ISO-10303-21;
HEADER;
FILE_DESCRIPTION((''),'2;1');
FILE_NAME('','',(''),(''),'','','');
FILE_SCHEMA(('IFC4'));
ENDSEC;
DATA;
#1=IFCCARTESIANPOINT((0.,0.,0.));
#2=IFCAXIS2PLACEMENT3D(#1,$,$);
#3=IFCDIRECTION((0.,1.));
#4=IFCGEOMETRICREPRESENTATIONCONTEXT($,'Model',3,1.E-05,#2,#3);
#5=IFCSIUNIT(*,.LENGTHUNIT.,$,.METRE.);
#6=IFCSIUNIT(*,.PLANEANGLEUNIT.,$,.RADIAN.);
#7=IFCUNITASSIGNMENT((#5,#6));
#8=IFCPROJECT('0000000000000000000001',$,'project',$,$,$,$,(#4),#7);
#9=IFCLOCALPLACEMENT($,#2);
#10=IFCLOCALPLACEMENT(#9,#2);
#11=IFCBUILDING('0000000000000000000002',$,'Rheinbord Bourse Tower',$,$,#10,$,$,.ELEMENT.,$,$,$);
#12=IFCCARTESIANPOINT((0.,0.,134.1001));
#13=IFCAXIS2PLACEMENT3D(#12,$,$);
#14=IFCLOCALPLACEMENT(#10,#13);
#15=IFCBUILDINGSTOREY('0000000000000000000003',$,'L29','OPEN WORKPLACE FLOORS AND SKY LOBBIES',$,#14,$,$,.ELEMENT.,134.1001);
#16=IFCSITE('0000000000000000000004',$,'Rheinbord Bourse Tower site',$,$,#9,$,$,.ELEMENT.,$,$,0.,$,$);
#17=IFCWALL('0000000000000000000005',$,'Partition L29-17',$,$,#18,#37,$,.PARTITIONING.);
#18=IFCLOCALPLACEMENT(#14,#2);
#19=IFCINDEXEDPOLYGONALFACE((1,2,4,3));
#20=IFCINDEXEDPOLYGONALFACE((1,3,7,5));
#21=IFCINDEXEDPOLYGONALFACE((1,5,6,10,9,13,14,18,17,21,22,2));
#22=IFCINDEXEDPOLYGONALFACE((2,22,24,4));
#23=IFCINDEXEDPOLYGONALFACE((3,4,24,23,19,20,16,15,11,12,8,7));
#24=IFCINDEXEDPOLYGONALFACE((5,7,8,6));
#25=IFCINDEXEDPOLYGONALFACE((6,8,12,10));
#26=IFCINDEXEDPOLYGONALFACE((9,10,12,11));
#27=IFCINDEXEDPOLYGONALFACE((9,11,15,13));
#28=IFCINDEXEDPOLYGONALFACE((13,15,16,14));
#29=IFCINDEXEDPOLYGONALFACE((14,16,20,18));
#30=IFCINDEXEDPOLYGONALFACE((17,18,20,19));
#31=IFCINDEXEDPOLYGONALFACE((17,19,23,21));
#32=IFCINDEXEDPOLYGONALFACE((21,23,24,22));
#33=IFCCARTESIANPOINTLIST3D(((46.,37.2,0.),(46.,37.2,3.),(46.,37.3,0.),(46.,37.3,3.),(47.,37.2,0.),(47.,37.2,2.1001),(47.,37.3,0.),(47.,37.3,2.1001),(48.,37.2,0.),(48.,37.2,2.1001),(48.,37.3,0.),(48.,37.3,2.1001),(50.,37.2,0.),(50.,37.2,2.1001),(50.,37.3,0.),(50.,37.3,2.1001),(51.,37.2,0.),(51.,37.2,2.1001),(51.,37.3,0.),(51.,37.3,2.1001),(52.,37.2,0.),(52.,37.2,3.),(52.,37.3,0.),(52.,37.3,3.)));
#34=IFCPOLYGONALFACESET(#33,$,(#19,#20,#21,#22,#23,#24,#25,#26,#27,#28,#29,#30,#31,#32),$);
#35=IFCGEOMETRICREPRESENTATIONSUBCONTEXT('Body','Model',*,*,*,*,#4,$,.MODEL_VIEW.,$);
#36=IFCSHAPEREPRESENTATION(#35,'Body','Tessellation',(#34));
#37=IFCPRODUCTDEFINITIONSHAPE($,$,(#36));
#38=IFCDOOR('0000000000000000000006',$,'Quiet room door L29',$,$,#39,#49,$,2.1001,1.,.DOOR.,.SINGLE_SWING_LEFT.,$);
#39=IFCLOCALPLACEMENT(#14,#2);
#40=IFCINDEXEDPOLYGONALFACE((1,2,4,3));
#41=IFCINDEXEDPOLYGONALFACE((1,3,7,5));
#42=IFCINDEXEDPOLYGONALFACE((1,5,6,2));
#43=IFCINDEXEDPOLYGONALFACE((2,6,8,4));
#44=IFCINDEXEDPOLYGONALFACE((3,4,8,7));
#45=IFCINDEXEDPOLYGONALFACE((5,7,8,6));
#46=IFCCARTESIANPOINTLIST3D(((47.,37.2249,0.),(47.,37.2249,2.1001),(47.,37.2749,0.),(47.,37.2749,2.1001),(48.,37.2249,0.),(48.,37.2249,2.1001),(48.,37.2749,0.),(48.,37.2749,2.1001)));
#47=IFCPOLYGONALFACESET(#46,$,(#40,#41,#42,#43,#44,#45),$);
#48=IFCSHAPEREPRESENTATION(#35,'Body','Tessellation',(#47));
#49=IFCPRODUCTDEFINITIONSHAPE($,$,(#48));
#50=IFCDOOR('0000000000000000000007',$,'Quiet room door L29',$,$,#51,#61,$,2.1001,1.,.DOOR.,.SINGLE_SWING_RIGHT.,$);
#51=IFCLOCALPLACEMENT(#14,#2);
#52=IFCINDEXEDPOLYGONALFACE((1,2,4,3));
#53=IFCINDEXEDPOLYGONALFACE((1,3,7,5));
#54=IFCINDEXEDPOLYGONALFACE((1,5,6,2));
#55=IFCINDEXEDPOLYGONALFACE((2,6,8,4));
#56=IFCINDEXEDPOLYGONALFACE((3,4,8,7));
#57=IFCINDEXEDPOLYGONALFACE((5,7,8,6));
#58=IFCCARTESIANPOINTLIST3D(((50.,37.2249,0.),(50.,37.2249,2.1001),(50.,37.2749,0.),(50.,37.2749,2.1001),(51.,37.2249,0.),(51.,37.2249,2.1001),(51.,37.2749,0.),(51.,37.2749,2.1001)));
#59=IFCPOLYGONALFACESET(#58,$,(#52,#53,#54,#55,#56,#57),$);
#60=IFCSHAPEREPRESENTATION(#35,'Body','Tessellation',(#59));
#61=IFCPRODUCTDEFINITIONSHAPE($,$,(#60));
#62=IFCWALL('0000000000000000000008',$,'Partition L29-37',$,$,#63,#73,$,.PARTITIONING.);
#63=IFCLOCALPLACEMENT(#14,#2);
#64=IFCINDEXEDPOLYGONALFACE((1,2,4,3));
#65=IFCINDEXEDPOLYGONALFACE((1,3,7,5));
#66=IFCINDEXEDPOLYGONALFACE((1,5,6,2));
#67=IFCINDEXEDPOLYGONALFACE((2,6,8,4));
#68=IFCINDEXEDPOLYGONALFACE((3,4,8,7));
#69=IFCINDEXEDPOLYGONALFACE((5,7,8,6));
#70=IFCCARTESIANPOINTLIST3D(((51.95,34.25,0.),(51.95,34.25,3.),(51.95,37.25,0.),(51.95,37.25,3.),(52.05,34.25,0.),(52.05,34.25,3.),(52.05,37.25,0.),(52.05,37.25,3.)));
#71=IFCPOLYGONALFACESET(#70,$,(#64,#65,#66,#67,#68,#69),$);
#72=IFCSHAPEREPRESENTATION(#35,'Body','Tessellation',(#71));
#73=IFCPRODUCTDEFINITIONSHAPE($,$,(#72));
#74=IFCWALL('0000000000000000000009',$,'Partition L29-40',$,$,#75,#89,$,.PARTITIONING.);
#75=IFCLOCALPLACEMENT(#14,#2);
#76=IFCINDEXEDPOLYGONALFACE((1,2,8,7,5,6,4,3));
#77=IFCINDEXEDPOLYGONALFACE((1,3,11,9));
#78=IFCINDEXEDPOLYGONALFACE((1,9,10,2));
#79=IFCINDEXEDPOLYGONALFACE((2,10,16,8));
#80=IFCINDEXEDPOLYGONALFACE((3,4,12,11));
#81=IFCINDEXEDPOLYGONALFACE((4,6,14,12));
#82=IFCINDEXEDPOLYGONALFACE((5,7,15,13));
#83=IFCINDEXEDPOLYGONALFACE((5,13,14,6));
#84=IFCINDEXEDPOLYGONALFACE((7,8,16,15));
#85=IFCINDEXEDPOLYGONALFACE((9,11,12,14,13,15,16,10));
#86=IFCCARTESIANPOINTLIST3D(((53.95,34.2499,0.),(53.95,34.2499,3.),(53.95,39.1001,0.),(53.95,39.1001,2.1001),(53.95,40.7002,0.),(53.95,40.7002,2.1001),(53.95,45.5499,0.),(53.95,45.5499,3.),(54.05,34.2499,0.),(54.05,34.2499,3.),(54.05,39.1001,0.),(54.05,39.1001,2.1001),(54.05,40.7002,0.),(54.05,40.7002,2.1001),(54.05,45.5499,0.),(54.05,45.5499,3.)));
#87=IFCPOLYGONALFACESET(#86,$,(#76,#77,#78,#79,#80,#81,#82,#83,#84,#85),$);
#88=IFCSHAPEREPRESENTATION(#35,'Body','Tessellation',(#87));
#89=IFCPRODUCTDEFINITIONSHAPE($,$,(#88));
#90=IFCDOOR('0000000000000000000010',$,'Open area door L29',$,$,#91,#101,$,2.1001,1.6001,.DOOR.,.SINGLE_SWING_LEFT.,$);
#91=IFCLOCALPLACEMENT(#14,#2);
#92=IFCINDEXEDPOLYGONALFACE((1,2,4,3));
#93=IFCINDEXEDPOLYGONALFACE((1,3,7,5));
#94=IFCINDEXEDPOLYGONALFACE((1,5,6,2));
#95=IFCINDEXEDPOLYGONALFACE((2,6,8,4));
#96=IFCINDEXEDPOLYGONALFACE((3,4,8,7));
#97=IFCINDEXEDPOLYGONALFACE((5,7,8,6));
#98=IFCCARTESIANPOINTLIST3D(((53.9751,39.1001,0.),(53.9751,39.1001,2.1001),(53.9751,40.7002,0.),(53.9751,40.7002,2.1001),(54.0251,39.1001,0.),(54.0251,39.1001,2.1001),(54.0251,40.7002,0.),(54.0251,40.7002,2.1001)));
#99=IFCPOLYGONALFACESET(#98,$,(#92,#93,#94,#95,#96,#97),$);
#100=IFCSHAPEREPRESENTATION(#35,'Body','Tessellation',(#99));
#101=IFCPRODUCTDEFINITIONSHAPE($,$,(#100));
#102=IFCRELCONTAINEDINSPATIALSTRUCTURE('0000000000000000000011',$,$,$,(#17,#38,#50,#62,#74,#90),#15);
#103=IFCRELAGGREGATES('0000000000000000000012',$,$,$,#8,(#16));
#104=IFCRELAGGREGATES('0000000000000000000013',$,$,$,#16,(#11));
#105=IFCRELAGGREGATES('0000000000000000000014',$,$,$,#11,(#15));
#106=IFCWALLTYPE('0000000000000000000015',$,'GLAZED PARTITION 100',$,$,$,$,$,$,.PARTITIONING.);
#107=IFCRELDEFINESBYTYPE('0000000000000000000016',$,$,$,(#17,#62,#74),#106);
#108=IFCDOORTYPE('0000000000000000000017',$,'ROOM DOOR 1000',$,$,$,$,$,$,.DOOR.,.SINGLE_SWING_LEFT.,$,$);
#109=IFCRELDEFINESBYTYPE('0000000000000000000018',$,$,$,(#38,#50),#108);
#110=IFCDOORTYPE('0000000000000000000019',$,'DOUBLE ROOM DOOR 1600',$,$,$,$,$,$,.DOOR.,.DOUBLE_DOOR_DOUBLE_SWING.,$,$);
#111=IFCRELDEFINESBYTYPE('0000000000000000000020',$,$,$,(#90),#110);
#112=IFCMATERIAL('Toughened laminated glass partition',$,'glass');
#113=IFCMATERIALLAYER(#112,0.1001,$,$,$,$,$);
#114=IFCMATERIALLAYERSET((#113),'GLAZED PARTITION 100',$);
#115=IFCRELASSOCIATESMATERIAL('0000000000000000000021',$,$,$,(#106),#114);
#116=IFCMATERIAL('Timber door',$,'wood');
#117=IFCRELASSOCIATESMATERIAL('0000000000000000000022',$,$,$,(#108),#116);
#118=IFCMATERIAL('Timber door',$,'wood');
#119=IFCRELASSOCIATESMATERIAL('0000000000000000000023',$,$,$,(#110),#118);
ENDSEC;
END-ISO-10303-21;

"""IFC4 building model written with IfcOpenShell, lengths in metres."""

from ifc_helpers import new_model, si_unit, direction, frame, frame_2d, origin, place, context, subcontext, project, spatial, rectangle, extrude, material, layer, layer_set, type_object, element, fill, save


model = new_model("IFC4")

# Units and contexts
model_context = context("Model", 3, precision=1e-05, world=origin(), true_north=direction((0.0, 1.0)))
body_context = subcontext(model_context, "Body", "Model", "MODEL_VIEW")
ifc_project = project(units=[si_unit("LENGTHUNIT", "METRE"), si_unit("PLANEANGLEUNIT", "RADIAN")], contexts=[model_context])

# Site, building, storey
site_placement = place(None, origin())
site = spatial("IfcSite", under=ifc_project, at=site_placement, Name="Rheinbord Bourse Tower site", CompositionType="ELEMENT", RefElevation=0.0)
building_placement = place(site_placement, origin())
building = spatial("IfcBuilding", under=site, at=building_placement, Name="Rheinbord Bourse Tower", CompositionType="ELEMENT")
storey_placement = place(building_placement, frame((0.0, 0.0, 134.1001)))
storey = spatial("IfcBuildingStorey", under=building, at=storey_placement, Name="L29", Description="OPEN WORKPLACE FLOORS AND SKY LOBBIES", CompositionType="ELEMENT", Elevation=134.1001)

# Wall, openings, doors
ifc_material_1 = material(Name="Toughened laminated glass partition", Category="glass")
ifc_layer_1 = layer(ifc_material_1, 0.1001)
ifc_layer_set_1 = layer_set([ifc_layer_1], Name="GLAZED PARTITION 100")
wall_type_1 = type_object("IfcWallType", Name="GLAZED PARTITION 100", PredefinedType="PARTITIONING", material=ifc_layer_set_1)
wall_1_placement = place(storey_placement, frame((46.0, 37.25, 0.0), z_axis=(0.0, 0.0, 1.0), x_axis=(1.0, 0.0, 0.0)))
wall_1 = element("IfcWall", 1, at=wall_1_placement, inside=storey, type_object=wall_type_1, Name="Partition L29-17", PredefinedType="PARTITIONING", context=body_context, shape_type="SweptSolid", body=[
    extrude(rectangle(XDim=6.0, YDim=0.1001, at=frame_2d((3.0, 0.0))), origin(), (0.0, 0.0, 1.0), 3.0),
])
opening_1_placement = place(wall_1_placement, frame((1.0, 0.0, 0.0)))
opening_1 = element("IfcOpeningElement", 2, at=opening_1_placement, cuts=wall_1, PredefinedType="OPENING", context=body_context, shape_type="SweptSolid", body=[
    extrude(rectangle(XDim=1.0, YDim=2.1001, at=frame_2d((0.5, 1.05))), frame((0.0, 0.0601, 0.0), z_axis=(0.0, -1.0, 0.0), x_axis=(1.0, 0.0, 0.0)), (0.0, 0.0, 1.0), 0.1201),
])
opening_2_placement = place(wall_1_placement, frame((4.0, 0.0, 0.0)))
opening_2 = element("IfcOpeningElement", 3, at=opening_2_placement, cuts=wall_1, PredefinedType="OPENING", context=body_context, shape_type="SweptSolid", body=[
    extrude(rectangle(XDim=1.0, YDim=2.1001, at=frame_2d((0.5, 1.05))), frame((0.0, 0.0601, 0.0), z_axis=(0.0, -1.0, 0.0), x_axis=(1.0, 0.0, 0.0)), (0.0, 0.0, 1.0), 0.1201),
])
ifc_material_2 = material(Name="Timber door", Category="wood")
door_type_1 = type_object("IfcDoorType", Name="ROOM DOOR 1000", OperationType="SINGLE_SWING_LEFT", PredefinedType="DOOR", material=ifc_material_2)
door_1_placement = place(opening_1_placement, origin())
door_1 = element("IfcDoor", 4, at=door_1_placement, inside=storey, type_object=door_type_1, Name="Quiet room door L29", OperationType="SINGLE_SWING_LEFT", OverallHeight=2.1001, OverallWidth=1.0, PredefinedType="DOOR", context=body_context, shape_type="SweptSolid", body=[
    extrude(rectangle(XDim=1.0, YDim=2.1001, at=frame_2d((0.5, 1.05))), frame((0.0, 0.0249, 0.0), z_axis=(0.0, -1.0, 0.0), x_axis=(1.0, 0.0, 0.0)), (0.0, 0.0, 1.0), 0.05),
])
fill(opening_1, door_1)
door_2_placement = place(opening_2_placement, origin())
door_2 = element("IfcDoor", 5, at=door_2_placement, inside=storey, type_object=door_type_1, Name="Quiet room door L29", OperationType="SINGLE_SWING_RIGHT", OverallHeight=2.1001, OverallWidth=1.0, PredefinedType="DOOR", context=body_context, shape_type="SweptSolid", body=[
    extrude(rectangle(XDim=1.0, YDim=2.1001, at=frame_2d((0.5, 1.05))), frame((0.0, 0.0249, 0.0), z_axis=(0.0, -1.0, 0.0), x_axis=(1.0, 0.0, 0.0)), (0.0, 0.0, 1.0), 0.05),
])
fill(opening_2, door_2)

# Wall
wall_2_placement = place(storey_placement, frame((52.0, 34.25, 0.0), z_axis=(0.0, 0.0, 1.0), x_axis=(0.0, 1.0, 0.0)))
element("IfcWall", 6, at=wall_2_placement, inside=storey, type_object=wall_type_1, Name="Partition L29-37", PredefinedType="PARTITIONING", context=body_context, shape_type="SweptSolid", body=[
    extrude(rectangle(XDim=3.0, YDim=0.1001, at=frame_2d((1.5, 0.0))), origin(), (0.0, 0.0, 1.0), 3.0),
])

# Wall, opening, door
wall_3_placement = place(storey_placement, frame((54.0, 34.25, 0.0), z_axis=(0.0, 0.0, 1.0), x_axis=(0.0, 1.0, 0.0)))
wall_3 = element("IfcWall", 7, at=wall_3_placement, inside=storey, type_object=wall_type_1, Name="Partition L29-40", PredefinedType="PARTITIONING", context=body_context, shape_type="SweptSolid", body=[
    extrude(rectangle(XDim=11.3, YDim=0.1001, at=frame_2d((5.6499, 0.0))), origin(), (0.0, 0.0, 1.0), 3.0),
])
opening_3_placement = place(wall_3_placement, frame((4.8501, 0.0, 0.0)))
opening_3 = element("IfcOpeningElement", 8, at=opening_3_placement, cuts=wall_3, PredefinedType="OPENING", context=body_context, shape_type="SweptSolid", body=[
    extrude(rectangle(XDim=1.6001, YDim=2.1001, at=frame_2d((0.8, 1.05))), frame((0.0, 0.0601, 0.0), z_axis=(0.0, -1.0, 0.0), x_axis=(1.0, 0.0, 0.0)), (0.0, 0.0, 1.0), 0.1201),
])
ifc_material_3 = material(Name="Timber door", Category="wood")
door_type_2 = type_object("IfcDoorType", Name="DOUBLE ROOM DOOR 1600", OperationType="DOUBLE_DOOR_DOUBLE_SWING", PredefinedType="DOOR", material=ifc_material_3)
door_3_placement = place(opening_3_placement, origin())
door_3 = element("IfcDoor", 9, at=door_3_placement, inside=storey, type_object=door_type_2, Name="Open area door L29", OperationType="SINGLE_SWING_LEFT", OverallHeight=2.1001, OverallWidth=1.6001, PredefinedType="DOOR", context=body_context, shape_type="SweptSolid", body=[
    extrude(rectangle(XDim=1.6001, YDim=2.1001, at=frame_2d((0.8, 1.05))), frame((0.0, 0.0249, 0.0), z_axis=(0.0, -1.0, 0.0), x_axis=(1.0, 0.0, 0.0)), (0.0, 0.0, 1.0), 0.05),
])
fill(opening_3, door_3)

save(model, "model.ifc")
